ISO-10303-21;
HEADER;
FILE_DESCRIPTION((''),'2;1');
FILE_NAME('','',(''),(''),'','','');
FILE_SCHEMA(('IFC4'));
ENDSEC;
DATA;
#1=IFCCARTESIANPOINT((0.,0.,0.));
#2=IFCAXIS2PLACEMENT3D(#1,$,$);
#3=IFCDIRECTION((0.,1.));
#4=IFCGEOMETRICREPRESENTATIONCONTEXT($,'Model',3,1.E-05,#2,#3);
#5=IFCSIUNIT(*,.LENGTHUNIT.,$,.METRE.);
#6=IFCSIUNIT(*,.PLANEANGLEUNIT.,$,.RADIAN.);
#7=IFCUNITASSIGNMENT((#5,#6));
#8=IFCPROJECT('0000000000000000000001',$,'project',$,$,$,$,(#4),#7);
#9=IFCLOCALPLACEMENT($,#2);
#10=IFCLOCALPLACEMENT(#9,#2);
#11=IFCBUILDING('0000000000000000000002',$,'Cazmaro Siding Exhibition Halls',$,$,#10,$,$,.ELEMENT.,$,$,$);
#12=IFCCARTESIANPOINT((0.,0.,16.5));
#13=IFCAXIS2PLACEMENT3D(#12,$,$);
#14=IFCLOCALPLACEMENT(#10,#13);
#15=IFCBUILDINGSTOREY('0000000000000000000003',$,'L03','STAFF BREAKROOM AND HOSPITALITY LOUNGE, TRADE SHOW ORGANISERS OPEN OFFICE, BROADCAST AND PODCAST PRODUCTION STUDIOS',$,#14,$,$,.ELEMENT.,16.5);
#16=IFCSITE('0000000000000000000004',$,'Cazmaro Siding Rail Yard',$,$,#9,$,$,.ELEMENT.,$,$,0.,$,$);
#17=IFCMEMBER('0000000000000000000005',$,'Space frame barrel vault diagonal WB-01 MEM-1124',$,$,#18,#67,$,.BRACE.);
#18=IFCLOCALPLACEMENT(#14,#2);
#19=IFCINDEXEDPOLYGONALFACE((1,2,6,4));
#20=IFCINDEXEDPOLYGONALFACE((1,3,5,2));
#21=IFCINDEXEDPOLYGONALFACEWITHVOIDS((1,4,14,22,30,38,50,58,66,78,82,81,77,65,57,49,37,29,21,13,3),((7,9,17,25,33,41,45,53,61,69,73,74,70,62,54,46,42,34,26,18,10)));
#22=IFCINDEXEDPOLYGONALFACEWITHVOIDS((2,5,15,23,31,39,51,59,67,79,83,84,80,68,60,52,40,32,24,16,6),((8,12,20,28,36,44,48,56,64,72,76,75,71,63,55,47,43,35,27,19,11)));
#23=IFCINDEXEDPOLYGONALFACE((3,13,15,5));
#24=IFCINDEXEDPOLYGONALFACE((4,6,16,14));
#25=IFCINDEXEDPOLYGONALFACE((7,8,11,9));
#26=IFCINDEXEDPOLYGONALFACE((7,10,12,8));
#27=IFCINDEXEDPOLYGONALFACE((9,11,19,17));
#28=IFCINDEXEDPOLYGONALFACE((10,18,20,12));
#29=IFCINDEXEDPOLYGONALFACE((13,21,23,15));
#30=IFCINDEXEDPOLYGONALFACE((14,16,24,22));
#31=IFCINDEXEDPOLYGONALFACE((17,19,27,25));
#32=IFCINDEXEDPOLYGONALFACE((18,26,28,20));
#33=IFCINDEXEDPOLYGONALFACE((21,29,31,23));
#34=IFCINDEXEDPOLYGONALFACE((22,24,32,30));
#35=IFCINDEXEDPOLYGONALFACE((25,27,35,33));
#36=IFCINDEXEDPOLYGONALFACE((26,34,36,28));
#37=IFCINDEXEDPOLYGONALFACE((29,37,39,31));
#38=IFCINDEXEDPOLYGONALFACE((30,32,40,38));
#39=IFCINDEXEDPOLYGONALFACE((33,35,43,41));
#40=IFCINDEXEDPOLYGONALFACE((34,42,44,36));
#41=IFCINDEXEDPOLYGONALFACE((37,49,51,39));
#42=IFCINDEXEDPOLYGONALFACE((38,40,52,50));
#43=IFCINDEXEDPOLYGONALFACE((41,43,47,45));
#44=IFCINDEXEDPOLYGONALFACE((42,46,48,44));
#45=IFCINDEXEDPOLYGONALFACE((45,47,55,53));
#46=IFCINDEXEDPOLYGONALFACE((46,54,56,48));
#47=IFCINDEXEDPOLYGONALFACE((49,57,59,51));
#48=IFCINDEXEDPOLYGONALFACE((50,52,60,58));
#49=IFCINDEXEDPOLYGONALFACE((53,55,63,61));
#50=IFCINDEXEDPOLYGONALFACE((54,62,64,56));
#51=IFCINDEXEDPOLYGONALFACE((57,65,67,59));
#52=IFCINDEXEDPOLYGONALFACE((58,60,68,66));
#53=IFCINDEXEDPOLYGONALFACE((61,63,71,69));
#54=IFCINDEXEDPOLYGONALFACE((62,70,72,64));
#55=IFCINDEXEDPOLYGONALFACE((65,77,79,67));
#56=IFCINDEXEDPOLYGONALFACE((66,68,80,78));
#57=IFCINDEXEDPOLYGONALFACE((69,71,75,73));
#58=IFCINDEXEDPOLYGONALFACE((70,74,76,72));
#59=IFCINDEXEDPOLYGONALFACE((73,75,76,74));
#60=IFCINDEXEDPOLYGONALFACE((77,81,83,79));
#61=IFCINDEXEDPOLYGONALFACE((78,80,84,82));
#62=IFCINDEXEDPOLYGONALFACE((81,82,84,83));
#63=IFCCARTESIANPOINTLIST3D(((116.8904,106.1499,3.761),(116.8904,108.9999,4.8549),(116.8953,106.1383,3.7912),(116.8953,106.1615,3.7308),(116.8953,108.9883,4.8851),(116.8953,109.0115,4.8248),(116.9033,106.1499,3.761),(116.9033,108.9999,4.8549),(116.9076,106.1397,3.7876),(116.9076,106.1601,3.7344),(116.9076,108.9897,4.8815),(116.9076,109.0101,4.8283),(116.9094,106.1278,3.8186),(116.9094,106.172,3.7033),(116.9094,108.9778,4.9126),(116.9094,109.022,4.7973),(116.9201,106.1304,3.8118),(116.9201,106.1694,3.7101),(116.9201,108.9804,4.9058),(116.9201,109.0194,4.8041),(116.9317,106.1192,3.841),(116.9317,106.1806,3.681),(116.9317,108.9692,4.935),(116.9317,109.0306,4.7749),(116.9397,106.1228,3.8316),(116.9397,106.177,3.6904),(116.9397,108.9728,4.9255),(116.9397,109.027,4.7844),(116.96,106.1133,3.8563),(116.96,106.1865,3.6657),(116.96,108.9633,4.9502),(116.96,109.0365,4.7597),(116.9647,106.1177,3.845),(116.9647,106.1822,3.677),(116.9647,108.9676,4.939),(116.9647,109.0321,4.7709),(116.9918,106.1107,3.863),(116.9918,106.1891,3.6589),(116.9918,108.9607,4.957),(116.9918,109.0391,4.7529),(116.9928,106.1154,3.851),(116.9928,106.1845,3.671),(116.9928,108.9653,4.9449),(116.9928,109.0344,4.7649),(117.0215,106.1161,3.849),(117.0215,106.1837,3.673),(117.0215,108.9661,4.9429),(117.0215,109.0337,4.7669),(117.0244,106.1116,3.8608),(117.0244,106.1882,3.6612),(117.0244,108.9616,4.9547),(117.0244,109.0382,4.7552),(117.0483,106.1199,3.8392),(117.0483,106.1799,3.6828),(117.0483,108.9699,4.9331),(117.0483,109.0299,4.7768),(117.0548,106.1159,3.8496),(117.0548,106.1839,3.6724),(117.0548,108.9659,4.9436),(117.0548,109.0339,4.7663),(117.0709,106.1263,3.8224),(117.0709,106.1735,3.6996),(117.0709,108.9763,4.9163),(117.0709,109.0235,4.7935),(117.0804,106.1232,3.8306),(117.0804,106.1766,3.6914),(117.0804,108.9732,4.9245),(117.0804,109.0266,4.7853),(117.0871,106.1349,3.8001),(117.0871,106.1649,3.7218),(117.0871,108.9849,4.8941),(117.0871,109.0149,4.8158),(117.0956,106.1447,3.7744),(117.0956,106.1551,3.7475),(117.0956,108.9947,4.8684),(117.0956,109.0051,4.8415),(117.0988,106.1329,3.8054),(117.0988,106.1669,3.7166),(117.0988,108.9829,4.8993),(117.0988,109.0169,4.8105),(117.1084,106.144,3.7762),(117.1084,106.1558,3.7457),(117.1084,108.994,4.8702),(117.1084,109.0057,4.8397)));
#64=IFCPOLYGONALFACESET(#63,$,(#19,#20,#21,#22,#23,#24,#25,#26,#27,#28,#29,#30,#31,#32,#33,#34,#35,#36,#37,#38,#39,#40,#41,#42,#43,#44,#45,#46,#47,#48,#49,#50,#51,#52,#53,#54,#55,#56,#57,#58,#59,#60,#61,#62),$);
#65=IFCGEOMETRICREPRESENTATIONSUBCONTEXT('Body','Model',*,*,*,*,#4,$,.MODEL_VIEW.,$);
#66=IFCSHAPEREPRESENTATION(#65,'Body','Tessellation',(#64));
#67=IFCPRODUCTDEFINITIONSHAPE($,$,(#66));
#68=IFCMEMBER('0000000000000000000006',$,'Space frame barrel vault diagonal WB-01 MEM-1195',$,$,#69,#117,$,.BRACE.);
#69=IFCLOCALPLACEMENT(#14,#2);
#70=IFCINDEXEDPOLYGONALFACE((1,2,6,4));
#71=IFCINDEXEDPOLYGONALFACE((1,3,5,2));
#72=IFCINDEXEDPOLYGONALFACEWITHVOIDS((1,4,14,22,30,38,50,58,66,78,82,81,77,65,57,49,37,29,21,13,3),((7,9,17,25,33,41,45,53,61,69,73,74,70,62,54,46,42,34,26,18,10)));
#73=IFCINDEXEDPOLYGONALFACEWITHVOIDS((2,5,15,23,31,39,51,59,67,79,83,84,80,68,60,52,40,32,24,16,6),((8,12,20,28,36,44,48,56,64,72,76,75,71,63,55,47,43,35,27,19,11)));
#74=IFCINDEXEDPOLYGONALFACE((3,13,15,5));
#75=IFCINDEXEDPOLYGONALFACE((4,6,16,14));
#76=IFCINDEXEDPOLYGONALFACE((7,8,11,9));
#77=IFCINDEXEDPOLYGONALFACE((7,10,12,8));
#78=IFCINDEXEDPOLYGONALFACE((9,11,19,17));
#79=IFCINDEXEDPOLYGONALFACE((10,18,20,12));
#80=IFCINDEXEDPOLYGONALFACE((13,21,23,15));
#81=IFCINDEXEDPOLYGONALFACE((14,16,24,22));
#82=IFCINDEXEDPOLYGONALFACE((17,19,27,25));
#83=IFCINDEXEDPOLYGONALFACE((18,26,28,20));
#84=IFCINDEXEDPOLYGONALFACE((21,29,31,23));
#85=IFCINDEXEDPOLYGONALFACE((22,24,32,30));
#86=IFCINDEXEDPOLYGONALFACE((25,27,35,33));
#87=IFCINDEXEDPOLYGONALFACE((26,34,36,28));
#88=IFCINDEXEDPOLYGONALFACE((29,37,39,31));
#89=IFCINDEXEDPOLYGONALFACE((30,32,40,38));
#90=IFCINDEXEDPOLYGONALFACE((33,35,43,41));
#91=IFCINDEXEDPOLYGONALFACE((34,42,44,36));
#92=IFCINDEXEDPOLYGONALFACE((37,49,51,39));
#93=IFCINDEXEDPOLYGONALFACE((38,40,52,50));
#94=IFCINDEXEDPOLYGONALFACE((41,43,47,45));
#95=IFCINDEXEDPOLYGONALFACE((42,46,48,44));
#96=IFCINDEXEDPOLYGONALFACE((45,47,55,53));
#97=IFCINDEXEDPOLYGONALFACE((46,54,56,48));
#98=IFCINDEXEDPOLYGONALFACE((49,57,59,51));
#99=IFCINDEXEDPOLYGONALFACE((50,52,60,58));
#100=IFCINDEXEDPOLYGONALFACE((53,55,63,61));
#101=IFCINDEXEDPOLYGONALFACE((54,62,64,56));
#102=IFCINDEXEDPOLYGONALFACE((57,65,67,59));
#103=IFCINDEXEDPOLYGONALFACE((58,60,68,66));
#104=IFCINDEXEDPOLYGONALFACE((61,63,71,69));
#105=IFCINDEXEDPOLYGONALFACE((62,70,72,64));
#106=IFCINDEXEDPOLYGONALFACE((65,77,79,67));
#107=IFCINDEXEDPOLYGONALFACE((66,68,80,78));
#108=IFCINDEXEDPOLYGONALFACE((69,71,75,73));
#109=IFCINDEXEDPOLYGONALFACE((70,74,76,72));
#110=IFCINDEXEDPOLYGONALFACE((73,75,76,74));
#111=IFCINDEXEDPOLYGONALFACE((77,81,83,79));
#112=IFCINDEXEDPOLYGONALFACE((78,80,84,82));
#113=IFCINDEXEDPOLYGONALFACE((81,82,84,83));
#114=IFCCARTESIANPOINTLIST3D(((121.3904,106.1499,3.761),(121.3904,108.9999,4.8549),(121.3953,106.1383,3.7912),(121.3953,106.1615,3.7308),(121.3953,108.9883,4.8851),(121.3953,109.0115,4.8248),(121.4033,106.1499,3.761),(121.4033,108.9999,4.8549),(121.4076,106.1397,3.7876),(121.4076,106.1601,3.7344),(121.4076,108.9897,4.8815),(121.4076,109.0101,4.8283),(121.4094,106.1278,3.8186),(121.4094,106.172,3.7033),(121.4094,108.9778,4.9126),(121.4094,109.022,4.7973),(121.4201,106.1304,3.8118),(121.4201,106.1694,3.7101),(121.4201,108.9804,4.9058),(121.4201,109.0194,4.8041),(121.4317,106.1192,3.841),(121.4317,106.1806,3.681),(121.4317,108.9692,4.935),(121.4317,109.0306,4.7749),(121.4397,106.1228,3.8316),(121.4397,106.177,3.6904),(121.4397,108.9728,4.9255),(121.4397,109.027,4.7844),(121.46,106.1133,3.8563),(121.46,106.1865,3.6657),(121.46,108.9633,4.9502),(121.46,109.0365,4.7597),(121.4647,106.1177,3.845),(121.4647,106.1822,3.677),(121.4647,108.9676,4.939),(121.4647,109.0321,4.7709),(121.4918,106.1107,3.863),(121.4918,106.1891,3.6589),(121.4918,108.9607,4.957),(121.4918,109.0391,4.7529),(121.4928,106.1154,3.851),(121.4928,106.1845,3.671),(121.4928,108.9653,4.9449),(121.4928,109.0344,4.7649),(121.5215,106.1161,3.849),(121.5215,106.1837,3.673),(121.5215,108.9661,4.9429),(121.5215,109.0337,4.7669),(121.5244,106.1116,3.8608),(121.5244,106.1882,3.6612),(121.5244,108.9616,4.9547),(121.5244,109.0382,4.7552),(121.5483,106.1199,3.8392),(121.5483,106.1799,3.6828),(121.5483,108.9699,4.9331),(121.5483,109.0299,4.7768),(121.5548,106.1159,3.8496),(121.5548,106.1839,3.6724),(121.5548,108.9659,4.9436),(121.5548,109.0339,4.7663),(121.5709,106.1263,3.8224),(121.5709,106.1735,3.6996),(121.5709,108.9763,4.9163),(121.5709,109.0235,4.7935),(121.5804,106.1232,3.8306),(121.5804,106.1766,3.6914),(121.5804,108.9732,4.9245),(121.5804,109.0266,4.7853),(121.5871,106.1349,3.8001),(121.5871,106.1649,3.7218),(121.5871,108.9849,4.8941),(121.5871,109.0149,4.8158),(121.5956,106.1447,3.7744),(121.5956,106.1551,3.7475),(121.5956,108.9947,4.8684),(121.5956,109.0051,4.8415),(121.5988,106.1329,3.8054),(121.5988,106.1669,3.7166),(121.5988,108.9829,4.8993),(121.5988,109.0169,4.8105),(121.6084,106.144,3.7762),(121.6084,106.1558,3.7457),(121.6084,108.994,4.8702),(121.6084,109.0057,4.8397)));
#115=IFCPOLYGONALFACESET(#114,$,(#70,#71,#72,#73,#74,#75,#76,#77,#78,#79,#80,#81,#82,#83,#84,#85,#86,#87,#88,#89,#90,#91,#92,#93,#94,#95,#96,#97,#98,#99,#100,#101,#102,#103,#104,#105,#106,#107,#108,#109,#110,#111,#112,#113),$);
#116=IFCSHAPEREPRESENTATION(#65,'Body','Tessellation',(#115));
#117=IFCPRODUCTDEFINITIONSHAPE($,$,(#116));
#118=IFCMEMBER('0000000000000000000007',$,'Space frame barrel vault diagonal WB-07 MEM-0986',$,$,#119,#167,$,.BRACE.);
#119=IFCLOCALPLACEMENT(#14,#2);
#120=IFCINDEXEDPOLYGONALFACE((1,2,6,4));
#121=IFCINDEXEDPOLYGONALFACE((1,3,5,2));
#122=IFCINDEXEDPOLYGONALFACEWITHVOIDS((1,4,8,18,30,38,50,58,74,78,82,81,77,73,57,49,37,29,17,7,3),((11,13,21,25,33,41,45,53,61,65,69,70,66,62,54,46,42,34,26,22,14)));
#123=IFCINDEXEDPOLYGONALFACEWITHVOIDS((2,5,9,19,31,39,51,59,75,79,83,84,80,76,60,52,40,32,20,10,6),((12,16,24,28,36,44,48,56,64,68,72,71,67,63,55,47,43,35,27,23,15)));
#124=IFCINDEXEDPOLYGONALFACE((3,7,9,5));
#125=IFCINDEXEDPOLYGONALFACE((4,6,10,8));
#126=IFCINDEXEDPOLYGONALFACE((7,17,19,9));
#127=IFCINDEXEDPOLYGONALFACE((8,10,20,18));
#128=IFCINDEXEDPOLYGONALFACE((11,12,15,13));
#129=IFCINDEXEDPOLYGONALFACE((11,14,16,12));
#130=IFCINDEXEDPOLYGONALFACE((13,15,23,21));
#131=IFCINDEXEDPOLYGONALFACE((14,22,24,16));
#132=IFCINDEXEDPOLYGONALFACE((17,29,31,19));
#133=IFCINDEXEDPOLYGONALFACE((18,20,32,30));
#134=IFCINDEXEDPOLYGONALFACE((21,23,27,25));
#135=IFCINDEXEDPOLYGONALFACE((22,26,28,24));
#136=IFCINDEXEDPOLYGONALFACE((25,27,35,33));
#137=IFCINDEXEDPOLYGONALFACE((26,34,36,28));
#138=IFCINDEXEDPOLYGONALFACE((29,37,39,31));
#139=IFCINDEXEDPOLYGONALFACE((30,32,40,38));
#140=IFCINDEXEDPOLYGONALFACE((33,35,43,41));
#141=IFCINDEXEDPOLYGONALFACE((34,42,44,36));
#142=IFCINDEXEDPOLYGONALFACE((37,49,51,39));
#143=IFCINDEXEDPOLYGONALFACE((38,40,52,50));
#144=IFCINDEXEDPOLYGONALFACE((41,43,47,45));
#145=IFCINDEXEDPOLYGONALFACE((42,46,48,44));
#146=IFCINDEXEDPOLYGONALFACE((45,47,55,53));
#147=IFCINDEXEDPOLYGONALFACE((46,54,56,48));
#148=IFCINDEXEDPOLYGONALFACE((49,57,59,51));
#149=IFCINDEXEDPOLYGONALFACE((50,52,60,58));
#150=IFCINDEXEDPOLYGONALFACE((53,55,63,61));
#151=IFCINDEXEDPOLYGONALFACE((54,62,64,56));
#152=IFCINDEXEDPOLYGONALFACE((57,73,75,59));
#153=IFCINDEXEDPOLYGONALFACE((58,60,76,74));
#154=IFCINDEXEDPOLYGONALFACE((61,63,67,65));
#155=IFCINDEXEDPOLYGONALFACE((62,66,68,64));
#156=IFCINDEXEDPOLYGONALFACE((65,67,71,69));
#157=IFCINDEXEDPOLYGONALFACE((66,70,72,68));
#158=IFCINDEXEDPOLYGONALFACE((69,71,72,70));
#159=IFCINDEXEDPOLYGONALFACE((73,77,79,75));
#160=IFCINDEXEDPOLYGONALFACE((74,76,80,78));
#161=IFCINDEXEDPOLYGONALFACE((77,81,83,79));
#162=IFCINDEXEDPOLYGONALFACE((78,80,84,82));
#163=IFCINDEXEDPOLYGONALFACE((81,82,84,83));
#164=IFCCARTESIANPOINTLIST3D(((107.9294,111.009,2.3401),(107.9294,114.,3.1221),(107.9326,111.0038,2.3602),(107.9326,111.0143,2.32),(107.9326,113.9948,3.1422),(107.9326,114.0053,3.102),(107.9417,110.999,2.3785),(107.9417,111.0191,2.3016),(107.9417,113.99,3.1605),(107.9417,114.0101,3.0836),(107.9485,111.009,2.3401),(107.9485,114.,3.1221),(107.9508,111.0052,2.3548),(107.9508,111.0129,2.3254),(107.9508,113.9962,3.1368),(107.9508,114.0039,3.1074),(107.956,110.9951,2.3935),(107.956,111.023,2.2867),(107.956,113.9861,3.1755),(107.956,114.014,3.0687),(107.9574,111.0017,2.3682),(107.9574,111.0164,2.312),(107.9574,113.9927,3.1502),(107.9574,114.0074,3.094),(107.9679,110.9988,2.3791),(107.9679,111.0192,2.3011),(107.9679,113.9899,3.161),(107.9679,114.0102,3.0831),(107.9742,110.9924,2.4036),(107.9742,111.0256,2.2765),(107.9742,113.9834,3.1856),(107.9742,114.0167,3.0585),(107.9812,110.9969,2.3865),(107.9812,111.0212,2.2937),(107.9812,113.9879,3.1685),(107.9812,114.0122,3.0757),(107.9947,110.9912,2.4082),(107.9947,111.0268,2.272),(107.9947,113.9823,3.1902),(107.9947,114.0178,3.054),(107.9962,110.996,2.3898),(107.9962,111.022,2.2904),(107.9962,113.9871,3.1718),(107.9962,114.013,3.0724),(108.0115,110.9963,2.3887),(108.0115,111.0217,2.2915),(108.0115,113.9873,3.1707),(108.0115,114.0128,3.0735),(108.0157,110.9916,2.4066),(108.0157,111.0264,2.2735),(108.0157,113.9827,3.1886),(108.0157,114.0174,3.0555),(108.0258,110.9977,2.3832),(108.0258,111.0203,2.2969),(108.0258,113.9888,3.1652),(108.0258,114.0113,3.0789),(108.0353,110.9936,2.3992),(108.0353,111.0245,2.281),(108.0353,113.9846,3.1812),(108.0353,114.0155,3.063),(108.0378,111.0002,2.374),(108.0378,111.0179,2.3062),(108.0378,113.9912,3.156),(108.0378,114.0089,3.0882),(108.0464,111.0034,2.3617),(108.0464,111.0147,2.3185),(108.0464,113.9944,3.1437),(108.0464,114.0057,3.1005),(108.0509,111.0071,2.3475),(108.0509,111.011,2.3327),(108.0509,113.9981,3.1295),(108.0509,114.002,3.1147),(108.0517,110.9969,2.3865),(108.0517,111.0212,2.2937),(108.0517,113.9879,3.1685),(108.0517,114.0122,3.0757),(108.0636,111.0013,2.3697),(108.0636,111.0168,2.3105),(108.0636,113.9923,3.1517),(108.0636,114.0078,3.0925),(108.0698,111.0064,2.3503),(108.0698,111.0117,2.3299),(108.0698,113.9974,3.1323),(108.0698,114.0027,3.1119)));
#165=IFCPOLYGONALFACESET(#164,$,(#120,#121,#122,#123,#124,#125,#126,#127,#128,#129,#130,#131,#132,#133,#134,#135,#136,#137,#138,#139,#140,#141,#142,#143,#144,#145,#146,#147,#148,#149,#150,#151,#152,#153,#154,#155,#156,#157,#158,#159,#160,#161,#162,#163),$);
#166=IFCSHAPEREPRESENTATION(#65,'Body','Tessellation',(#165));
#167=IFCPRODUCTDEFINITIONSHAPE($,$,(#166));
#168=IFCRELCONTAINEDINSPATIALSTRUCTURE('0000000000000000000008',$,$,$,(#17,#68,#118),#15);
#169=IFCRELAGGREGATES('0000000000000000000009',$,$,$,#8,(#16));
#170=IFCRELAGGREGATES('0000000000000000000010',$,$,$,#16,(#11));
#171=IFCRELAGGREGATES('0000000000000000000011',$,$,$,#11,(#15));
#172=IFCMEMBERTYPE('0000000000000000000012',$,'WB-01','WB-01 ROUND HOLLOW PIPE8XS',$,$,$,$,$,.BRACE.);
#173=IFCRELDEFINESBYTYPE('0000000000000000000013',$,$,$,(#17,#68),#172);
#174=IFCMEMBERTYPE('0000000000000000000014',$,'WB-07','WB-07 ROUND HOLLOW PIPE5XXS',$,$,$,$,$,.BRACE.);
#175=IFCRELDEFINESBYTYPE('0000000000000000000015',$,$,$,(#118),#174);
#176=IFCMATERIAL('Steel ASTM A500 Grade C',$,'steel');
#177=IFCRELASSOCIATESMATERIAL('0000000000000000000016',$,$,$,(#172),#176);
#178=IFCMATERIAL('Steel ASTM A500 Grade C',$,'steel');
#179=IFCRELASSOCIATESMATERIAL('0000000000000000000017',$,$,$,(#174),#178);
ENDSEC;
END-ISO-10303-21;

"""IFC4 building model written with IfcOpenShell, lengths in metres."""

from ifc_helpers import new_model, si_unit, direction, frame, origin, origin_2d, place, context, subcontext, project, spatial, hollow_circle, extrude, material, material_profile, profile_set, type_object, element, save


model = new_model("IFC4")

# Units and contexts
model_context = context("Model", 3, precision=1e-05, world=origin(), true_north=direction((0.0, 1.0)))
body_context = subcontext(model_context, "Body", "Model", "MODEL_VIEW")
ifc_project = project(units=[si_unit("LENGTHUNIT", "METRE"), si_unit("PLANEANGLEUNIT", "RADIAN")], contexts=[model_context])

# Site, building, storey
site_placement = place(None, origin())
site = spatial("IfcSite", under=ifc_project, at=site_placement, Name="Cazmaro Siding Rail Yard", CompositionType="ELEMENT", RefElevation=0.0)
building_placement = place(site_placement, origin())
building = spatial("IfcBuilding", under=site, at=building_placement, Name="Cazmaro Siding Exhibition Halls", CompositionType="ELEMENT")
storey_placement = place(building_placement, frame((0.0, 0.0, 16.5)))
storey = spatial("IfcBuildingStorey", under=building, at=storey_placement, Name="L03", Description="STAFF BREAKROOM AND HOSPITALITY LOUNGE, TRADE SHOW ORGANISERS OPEN OFFICE, BROADCAST AND PODCAST PRODUCTION STUDIOS", CompositionType="ELEMENT", Elevation=16.5)

# Members
ifc_material_1 = material(Name="Steel ASTM A500 Grade C", Category="steel")
ifc_material_profile_1 = material_profile(ifc_material_1, hollow_circle(Radius=0.1096, WallThickness=0.0129, at=origin_2d()), Name="PIPE8XS")
ifc_profile_set_1 = profile_set([ifc_material_profile_1], Name="Steel ASTM A500 Grade C")
member_type_1 = type_object("IfcMemberType", Name="WB-01", Description="WB-01 ROUND HOLLOW PIPE8XS", PredefinedType="BRACE", material=ifc_profile_set_1)
for number, where, z_axis, x_axis, name in (
    (1, (117.0, 106.1499, 3.761), (0.0, 0.933587, 0.358352), (-1.0, 0.0, 0.0), "Space frame barrel vault diagonal WB-01 MEM-1124"),
    (2, (121.5, 106.1499, 3.761), (0.0, 0.933587, 0.358352), (-1.0, 0.0, 0.0), "Space frame barrel vault diagonal WB-01 MEM-1195"),
):
    element("IfcMember", number, at=place(storey_placement, frame(where, z_axis=z_axis, x_axis=x_axis)), inside=storey, type_object=member_type_1, Name=name, PredefinedType="BRACE", context=body_context, shape_type="SweptSolid", body=[
        extrude(hollow_circle(Radius=0.1096, WallThickness=0.0129, at=origin_2d()), origin(), (0.0, 0.0, 1.0), 3.0527),
    ])
ifc_material_2 = material(Name="Steel ASTM A500 Grade C", Category="steel")
ifc_material_profile_2 = material_profile(ifc_material_2, hollow_circle(Radius=0.0706, WallThickness=0.019, at=origin_2d()), Name="PIPE5XXS")
ifc_profile_set_2 = profile_set([ifc_material_profile_2], Name="Steel ASTM A500 Grade C")
member_type_2 = type_object("IfcMemberType", Name="WB-07", Description="WB-07 ROUND HOLLOW PIPE5XXS", PredefinedType="BRACE", material=ifc_profile_set_2)
member_1_placement = place(storey_placement, frame((108.0, 111.009, 2.3401), z_axis=(0.0, 0.96748, 0.252946), x_axis=(-1.0, 0.0, 0.0)))
element("IfcMember", 3, at=member_1_placement, inside=storey, type_object=member_type_2, Name="Space frame barrel vault diagonal WB-07 MEM-0986", PredefinedType="BRACE", context=body_context, shape_type="SweptSolid", body=[
    extrude(hollow_circle(Radius=0.0706, WallThickness=0.019, at=origin_2d()), origin(), (0.0, 0.0, 1.0), 3.0916),
])

save(model, "model.ifc")
